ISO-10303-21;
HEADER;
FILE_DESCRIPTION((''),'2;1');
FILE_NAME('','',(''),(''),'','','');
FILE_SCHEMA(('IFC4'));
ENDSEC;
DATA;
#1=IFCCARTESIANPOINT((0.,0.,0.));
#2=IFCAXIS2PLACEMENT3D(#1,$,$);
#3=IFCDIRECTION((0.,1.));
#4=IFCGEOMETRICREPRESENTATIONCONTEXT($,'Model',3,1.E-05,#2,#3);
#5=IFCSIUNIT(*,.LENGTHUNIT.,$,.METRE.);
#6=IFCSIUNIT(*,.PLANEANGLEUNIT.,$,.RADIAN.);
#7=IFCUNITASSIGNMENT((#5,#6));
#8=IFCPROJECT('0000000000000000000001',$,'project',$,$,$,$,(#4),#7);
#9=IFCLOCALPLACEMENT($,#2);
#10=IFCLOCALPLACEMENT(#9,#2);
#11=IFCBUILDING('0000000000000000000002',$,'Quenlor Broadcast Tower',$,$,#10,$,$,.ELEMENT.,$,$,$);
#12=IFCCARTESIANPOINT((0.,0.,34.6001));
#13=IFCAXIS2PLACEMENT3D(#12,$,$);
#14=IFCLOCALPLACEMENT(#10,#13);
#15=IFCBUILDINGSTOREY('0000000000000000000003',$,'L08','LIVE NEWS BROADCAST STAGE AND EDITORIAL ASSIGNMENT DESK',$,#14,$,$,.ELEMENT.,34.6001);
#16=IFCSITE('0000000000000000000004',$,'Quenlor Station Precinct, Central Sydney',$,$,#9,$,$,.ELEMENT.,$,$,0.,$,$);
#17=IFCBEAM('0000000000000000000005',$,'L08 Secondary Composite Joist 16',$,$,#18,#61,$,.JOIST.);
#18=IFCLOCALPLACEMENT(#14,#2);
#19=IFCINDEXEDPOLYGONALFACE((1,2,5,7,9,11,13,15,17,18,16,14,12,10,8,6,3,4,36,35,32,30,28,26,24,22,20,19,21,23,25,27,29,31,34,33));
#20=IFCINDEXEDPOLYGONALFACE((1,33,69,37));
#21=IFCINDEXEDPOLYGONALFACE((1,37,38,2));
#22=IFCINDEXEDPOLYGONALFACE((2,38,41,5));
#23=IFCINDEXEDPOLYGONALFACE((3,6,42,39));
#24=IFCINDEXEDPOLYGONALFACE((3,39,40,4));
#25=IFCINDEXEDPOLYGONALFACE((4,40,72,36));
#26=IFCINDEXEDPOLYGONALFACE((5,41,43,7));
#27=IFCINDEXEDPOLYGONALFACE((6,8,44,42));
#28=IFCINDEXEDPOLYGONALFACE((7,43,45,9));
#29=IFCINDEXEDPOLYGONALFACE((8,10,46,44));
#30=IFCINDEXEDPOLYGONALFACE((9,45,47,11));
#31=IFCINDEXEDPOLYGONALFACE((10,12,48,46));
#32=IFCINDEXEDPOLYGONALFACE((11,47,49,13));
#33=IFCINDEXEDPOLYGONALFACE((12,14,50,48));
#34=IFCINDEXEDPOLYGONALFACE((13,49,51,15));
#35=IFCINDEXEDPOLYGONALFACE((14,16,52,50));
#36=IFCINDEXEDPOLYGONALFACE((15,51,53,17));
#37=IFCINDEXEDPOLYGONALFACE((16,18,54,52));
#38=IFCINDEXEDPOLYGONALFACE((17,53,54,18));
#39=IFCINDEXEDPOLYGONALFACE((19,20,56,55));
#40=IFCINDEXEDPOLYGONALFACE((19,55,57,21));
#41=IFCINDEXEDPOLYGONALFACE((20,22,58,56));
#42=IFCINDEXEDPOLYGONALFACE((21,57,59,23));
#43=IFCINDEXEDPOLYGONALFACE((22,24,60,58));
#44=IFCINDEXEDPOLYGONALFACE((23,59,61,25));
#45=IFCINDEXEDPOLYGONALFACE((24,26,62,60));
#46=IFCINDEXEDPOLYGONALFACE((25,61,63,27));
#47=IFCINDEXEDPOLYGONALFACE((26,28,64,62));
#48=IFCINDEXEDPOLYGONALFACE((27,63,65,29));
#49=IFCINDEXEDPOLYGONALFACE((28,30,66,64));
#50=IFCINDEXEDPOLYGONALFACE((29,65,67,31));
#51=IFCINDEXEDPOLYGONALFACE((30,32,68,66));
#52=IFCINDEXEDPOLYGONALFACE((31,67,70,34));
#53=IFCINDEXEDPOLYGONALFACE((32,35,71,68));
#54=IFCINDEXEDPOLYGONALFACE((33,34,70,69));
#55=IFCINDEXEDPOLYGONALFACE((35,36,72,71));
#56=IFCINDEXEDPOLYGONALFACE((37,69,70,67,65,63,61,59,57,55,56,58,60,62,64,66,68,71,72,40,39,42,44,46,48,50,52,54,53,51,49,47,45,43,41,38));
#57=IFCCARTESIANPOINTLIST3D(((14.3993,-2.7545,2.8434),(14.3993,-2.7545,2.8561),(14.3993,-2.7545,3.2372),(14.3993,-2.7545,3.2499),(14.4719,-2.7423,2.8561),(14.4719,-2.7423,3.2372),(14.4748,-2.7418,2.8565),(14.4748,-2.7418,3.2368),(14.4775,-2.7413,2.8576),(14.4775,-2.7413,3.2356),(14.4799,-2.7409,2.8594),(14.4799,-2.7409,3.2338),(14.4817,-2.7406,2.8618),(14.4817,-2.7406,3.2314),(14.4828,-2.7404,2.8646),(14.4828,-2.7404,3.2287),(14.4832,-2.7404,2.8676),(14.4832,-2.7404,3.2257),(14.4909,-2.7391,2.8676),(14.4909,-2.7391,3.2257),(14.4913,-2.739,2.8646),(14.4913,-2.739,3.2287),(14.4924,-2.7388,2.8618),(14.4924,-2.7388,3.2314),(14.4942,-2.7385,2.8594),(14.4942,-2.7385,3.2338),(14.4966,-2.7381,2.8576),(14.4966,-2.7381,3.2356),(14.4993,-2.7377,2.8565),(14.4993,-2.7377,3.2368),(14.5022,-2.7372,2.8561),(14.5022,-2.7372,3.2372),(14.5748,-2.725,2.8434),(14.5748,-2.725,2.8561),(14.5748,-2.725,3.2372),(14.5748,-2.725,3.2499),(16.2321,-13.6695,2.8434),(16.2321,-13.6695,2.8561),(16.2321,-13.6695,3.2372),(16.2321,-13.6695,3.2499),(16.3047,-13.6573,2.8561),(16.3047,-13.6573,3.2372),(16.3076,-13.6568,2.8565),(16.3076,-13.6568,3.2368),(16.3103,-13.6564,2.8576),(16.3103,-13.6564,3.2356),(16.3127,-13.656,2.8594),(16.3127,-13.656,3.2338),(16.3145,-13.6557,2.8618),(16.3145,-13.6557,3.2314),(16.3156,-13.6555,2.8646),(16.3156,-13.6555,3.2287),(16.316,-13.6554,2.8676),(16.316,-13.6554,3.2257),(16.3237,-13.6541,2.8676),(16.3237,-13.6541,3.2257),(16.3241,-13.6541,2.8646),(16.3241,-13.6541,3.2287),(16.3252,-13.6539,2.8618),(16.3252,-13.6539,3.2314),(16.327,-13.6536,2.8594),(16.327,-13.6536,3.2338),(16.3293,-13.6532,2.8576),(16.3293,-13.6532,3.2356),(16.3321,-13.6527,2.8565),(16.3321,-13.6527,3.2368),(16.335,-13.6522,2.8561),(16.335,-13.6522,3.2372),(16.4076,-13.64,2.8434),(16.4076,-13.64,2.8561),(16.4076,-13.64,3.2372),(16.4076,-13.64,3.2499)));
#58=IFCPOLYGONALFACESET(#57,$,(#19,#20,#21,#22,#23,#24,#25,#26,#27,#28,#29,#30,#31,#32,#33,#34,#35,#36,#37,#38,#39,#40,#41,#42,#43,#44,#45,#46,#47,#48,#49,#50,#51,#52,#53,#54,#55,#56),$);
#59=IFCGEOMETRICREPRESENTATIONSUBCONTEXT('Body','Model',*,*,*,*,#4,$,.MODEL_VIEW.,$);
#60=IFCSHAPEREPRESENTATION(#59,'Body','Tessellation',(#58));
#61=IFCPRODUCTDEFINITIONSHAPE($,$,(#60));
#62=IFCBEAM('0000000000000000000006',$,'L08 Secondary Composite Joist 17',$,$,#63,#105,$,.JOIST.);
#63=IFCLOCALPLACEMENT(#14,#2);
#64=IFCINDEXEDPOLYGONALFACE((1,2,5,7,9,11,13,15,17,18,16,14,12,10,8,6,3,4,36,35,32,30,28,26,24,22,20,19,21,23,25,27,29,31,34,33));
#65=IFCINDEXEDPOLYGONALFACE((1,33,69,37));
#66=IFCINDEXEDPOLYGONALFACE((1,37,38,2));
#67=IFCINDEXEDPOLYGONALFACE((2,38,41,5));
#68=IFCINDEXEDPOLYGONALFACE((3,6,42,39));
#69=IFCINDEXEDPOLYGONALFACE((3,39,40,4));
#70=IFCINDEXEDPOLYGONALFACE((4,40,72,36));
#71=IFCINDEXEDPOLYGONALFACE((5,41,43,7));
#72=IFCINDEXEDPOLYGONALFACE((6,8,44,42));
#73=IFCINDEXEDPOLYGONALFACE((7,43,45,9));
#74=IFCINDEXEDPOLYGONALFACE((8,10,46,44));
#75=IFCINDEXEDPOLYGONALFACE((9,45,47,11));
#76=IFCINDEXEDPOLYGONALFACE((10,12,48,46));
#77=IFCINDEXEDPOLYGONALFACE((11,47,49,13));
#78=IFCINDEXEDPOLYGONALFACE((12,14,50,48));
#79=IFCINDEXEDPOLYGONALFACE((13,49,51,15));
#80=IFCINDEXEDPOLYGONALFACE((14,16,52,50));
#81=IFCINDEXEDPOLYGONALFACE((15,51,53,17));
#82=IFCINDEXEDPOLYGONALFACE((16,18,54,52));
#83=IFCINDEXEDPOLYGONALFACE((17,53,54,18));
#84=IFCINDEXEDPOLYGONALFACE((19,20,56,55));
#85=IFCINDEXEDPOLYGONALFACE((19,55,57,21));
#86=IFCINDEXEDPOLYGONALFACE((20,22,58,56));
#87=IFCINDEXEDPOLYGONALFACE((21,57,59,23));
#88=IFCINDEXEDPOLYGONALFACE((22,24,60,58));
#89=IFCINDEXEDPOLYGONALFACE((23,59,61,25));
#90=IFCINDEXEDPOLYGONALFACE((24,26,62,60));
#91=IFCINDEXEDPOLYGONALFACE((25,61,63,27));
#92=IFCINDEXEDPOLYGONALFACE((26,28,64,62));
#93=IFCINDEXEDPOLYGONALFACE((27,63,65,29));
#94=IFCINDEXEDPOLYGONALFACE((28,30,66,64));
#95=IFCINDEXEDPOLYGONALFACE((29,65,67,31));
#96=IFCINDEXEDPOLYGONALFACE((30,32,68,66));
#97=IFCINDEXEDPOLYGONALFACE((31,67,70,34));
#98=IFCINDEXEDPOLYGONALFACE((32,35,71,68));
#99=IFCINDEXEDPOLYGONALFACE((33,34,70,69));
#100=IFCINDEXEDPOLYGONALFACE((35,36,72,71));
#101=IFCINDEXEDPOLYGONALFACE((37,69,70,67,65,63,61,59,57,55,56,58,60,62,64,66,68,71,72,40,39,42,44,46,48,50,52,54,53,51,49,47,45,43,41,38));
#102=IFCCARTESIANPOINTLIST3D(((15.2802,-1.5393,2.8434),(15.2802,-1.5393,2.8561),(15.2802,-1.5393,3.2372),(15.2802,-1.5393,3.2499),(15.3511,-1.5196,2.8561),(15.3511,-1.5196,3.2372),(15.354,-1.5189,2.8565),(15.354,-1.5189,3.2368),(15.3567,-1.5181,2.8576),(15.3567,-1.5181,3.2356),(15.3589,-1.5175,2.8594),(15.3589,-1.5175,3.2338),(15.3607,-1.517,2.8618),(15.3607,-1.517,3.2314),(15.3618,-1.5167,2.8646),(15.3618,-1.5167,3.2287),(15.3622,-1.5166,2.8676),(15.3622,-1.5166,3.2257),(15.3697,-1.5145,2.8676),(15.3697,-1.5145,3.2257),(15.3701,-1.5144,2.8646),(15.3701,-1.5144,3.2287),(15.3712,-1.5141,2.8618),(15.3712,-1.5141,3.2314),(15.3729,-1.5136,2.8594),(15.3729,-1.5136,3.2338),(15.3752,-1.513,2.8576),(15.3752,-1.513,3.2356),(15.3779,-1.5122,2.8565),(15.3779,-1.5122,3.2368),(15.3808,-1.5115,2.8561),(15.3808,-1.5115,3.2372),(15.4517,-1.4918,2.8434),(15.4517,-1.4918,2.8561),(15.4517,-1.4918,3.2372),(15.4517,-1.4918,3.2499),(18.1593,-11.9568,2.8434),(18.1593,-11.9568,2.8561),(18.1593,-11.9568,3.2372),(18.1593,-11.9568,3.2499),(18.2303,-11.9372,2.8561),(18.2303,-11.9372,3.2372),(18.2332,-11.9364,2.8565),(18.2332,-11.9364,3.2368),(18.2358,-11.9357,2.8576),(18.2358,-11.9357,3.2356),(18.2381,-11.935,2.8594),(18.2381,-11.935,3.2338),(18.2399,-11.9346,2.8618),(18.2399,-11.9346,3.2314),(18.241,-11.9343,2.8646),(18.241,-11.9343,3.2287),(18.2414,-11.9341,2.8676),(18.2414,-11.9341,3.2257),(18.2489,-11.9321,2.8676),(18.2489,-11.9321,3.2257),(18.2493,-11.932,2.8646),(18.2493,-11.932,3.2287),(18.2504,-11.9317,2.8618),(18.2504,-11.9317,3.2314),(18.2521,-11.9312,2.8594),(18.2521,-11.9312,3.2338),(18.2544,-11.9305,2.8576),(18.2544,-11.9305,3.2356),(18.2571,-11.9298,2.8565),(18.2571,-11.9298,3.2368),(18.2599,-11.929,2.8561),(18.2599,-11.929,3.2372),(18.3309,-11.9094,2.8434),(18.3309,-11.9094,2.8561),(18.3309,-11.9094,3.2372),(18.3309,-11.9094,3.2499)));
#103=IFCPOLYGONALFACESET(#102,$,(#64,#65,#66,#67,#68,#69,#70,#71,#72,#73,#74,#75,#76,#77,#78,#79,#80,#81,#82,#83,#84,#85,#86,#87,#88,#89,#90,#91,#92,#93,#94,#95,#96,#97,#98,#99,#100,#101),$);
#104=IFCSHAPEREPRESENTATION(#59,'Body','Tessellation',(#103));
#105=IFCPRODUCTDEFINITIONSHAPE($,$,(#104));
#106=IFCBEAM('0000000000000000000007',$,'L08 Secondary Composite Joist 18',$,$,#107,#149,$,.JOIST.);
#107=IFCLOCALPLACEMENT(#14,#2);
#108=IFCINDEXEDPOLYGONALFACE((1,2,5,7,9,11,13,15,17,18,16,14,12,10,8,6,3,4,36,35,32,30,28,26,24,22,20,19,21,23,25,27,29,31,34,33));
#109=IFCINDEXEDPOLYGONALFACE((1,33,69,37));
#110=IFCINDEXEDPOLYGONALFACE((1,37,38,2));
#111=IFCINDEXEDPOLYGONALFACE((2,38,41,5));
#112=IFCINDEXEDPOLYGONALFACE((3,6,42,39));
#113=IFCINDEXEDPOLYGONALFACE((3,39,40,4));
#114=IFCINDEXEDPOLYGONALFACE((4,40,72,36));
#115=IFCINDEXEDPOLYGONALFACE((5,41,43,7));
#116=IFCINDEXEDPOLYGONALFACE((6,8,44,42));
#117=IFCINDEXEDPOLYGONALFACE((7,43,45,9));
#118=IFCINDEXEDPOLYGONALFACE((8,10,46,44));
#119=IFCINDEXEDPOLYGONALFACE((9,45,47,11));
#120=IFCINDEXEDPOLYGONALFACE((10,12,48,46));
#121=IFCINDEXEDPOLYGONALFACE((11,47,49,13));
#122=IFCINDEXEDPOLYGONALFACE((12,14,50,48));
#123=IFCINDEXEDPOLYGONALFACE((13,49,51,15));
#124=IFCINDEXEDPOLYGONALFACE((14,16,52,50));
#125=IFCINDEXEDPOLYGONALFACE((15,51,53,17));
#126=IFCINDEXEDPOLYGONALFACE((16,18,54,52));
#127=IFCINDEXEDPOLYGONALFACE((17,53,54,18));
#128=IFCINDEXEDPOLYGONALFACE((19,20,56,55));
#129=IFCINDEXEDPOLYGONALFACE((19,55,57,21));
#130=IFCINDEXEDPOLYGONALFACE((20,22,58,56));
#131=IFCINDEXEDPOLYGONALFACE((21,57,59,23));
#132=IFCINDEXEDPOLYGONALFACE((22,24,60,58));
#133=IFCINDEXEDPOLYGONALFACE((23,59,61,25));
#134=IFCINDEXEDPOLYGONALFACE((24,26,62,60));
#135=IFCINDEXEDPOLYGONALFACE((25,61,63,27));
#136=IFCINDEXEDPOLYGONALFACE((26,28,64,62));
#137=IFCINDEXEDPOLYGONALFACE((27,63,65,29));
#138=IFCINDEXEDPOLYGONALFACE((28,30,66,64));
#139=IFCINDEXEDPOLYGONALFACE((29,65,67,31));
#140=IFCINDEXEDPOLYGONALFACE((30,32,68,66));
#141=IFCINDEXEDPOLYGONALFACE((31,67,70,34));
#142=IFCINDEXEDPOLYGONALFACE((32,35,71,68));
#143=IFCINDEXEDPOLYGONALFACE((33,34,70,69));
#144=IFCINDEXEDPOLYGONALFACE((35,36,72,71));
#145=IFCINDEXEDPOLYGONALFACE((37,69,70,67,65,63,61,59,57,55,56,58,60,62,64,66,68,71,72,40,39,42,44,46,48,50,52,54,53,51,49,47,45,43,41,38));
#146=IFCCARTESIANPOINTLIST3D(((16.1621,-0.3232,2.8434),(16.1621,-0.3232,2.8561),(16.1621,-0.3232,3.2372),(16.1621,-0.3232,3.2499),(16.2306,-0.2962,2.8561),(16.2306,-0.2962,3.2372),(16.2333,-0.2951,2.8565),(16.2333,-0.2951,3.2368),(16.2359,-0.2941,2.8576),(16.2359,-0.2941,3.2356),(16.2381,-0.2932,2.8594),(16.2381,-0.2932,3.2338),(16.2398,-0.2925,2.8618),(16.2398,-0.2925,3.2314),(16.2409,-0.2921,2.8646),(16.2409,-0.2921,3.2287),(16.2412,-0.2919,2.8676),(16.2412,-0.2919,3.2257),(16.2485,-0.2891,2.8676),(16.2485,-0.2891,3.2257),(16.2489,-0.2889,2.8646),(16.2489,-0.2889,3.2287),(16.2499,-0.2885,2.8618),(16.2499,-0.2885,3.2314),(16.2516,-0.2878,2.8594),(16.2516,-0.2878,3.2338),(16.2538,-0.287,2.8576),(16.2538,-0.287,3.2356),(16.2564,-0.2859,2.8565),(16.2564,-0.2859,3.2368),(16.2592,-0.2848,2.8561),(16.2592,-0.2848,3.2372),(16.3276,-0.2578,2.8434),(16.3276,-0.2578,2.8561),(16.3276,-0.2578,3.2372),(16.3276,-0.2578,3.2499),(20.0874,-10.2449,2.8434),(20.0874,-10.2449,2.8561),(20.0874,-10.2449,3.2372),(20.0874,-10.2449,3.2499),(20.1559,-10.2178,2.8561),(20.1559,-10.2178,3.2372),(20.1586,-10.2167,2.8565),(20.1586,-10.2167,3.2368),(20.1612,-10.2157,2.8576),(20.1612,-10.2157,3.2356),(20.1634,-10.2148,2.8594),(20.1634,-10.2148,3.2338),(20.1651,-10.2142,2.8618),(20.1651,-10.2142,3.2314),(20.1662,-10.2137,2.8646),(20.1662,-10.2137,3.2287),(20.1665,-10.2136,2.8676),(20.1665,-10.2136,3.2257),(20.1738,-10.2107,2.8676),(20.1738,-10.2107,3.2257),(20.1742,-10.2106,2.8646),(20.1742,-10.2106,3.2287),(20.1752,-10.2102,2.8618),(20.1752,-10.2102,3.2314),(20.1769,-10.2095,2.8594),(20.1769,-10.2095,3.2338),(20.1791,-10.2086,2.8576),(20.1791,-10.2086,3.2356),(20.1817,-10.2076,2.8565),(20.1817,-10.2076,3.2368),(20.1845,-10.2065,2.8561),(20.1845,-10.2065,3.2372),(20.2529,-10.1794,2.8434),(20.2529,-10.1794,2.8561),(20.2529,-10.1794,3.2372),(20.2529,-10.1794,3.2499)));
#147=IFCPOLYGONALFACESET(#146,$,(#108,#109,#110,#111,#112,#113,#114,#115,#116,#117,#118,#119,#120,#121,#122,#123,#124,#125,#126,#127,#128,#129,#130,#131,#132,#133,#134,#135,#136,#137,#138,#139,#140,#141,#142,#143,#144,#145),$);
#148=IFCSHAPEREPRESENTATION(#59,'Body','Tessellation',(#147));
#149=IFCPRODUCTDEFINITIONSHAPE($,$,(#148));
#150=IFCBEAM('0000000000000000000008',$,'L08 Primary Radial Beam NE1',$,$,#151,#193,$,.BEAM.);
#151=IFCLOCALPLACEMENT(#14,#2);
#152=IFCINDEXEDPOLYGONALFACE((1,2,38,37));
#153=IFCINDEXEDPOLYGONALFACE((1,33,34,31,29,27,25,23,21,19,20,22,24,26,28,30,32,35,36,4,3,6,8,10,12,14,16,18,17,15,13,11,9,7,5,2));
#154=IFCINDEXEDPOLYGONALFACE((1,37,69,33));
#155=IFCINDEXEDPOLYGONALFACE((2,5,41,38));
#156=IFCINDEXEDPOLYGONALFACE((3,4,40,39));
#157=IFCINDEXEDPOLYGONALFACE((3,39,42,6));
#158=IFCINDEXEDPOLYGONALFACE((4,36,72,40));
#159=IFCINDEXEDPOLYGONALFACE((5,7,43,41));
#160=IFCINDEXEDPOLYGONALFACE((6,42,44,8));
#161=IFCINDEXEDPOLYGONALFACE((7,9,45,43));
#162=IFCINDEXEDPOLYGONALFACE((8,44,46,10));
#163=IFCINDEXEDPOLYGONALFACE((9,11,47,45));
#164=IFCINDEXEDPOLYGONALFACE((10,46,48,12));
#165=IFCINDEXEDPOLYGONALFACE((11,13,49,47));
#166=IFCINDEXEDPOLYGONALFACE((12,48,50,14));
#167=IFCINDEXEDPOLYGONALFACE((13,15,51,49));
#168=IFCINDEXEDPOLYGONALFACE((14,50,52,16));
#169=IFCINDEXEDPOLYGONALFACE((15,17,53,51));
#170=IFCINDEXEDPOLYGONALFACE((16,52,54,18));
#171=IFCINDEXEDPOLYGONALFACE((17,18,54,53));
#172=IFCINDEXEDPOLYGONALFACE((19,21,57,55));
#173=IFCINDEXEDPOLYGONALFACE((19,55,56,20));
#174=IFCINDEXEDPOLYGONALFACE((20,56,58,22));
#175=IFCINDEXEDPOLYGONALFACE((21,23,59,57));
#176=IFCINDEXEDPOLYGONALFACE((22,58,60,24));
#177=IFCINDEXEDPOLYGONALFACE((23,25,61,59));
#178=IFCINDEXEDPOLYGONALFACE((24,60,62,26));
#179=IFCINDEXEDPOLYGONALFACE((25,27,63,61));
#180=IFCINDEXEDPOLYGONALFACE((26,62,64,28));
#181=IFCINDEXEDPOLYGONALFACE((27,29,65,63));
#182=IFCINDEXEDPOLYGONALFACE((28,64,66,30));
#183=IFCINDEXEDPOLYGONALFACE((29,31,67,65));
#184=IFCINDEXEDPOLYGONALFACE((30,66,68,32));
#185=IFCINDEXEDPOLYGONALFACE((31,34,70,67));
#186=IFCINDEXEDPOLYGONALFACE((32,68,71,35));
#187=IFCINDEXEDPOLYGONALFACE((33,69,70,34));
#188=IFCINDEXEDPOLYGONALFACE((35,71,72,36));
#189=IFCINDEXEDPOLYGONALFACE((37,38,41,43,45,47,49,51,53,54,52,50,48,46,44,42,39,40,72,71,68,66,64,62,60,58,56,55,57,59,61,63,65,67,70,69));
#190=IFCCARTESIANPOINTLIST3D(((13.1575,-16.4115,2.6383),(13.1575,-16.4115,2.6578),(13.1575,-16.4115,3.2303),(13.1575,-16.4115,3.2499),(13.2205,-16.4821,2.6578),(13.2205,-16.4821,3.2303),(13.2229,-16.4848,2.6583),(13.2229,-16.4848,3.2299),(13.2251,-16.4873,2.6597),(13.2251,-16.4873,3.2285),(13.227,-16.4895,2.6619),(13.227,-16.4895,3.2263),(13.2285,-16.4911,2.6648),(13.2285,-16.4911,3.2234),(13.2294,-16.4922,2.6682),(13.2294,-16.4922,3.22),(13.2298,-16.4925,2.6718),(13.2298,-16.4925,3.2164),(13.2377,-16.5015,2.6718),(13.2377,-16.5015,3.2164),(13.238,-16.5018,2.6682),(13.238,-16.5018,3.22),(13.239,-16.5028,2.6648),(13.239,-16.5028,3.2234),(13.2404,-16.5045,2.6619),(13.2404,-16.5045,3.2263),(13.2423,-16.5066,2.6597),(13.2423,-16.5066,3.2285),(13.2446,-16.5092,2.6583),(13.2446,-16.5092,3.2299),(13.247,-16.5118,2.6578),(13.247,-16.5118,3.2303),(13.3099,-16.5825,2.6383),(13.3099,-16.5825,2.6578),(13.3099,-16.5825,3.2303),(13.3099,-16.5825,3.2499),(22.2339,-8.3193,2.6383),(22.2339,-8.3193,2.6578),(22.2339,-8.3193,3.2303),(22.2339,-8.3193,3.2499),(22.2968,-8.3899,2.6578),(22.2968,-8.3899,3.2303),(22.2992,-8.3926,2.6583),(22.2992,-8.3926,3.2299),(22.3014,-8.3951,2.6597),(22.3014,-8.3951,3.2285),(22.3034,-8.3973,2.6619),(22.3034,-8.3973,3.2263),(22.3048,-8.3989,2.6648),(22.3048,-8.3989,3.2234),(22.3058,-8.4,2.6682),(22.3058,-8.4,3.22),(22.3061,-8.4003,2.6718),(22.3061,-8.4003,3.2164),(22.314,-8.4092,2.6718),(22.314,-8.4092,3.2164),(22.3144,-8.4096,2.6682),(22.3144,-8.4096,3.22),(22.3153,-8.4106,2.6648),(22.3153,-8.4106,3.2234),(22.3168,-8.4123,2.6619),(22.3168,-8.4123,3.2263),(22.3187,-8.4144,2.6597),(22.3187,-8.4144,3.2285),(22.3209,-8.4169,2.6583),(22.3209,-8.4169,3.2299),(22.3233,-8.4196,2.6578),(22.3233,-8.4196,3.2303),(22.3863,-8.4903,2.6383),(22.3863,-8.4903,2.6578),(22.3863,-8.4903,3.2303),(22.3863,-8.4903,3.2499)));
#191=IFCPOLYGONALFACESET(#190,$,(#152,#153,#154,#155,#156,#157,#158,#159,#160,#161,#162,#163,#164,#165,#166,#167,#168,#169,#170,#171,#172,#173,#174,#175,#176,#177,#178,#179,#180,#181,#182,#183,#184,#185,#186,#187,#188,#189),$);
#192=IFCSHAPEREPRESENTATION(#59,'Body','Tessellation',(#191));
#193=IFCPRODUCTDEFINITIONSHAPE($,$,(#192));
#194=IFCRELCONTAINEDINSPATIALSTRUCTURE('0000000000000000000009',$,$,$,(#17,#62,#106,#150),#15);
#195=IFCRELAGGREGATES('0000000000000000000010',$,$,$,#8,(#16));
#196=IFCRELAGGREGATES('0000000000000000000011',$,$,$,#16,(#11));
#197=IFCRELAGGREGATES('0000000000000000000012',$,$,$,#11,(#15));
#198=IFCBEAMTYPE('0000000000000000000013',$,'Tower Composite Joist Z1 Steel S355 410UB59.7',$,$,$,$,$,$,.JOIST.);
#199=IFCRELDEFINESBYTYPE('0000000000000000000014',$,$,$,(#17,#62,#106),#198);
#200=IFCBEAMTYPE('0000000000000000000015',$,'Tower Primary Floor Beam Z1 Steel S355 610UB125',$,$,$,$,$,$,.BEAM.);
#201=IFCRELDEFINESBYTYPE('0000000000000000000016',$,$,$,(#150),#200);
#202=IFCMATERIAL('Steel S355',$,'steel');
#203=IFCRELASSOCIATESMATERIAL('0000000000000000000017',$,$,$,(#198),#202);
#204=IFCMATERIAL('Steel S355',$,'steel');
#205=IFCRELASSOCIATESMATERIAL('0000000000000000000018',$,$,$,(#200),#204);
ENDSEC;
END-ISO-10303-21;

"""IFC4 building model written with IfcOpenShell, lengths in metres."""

from ifc_helpers import new_model, si_unit, direction, frame, origin, origin_2d, place, context, subcontext, project, spatial, i_section, extrude, material, material_profile, profile_set, type_object, element, save


model = new_model("IFC4")

# Units and contexts
model_context = context("Model", 3, precision=1e-05, world=origin(), true_north=direction((0.0, 1.0)))
body_context = subcontext(model_context, "Body", "Model", "MODEL_VIEW")
ifc_project = project(units=[si_unit("LENGTHUNIT", "METRE"), si_unit("PLANEANGLEUNIT", "RADIAN")], contexts=[model_context])

# Site, building, storey
site_placement = place(None, origin())
site = spatial("IfcSite", under=ifc_project, at=site_placement, Name="Quenlor Station Precinct, Central Sydney", CompositionType="ELEMENT", RefElevation=0.0)
building_placement = place(site_placement, origin())
building = spatial("IfcBuilding", under=site, at=building_placement, Name="Quenlor Broadcast Tower", CompositionType="ELEMENT")
storey_placement = place(building_placement, frame((0.0, 0.0, 34.6001)))
storey = spatial("IfcBuildingStorey", under=building, at=storey_placement, Name="L08", Description="LIVE NEWS BROADCAST STAGE AND EDITORIAL ASSIGNMENT DESK", CompositionType="ELEMENT", Elevation=34.6001)

# Beams
ifc_material_1 = material(Name="Steel S355", Category="steel")
ifc_material_profile_1 = material_profile(ifc_material_1, i_section(OverallWidth=0.178, OverallDepth=0.4065, WebThickness=0.0078, FlangeThickness=0.0127, FilletRadius=0.0115, at=origin_2d()))
ifc_profile_set_1 = profile_set([ifc_material_profile_1], Name="Steel S355 410UB59.7")
beam_type_1 = type_object("IfcBeamType", Name="Tower Composite Joist Z1 Steel S355 410UB59.7", PredefinedType="JOIST", material=ifc_profile_set_1)
beam_1_placement = place(storey_placement, frame((16.3198, -13.6548, 3.0466), z_axis=(-0.165594, 0.986194, 0.0), x_axis=(-0.986194, -0.165594, 0.0)))
element("IfcBeam", 1, at=beam_1_placement, inside=storey, type_object=beam_type_1, Name="L08 Secondary Composite Joist 16", PredefinedType="JOIST", context=body_context, shape_type="SweptSolid", body=[
    extrude(i_section(OverallWidth=0.178, OverallDepth=0.4065, WebThickness=0.0078, FlangeThickness=0.0127, FilletRadius=0.0115, at=origin_2d()), origin(), (0.0, 0.0, 1.0), 11.0679),
])
beam_2_placement = place(storey_placement, frame((18.2451, -11.9331, 3.0466), z_axis=(-0.26639, 0.963865, 0.0), x_axis=(-0.963865, -0.26639, 0.0)))
element("IfcBeam", 2, at=beam_2_placement, inside=storey, type_object=beam_type_1, Name="L08 Secondary Composite Joist 17", PredefinedType="JOIST", context=body_context, shape_type="SweptSolid", body=[
    extrude(i_section(OverallWidth=0.178, OverallDepth=0.4065, WebThickness=0.0078, FlangeThickness=0.0127, FilletRadius=0.0115, at=origin_2d()), origin(), (0.0, 0.0, 1.0), 10.8081),
])
beam_3_placement = place(storey_placement, frame((20.1702, -10.2122, 3.0466), z_axis=(-0.367885, 0.929871, 0.0), x_axis=(-0.929871, -0.367885, 0.0)))
element("IfcBeam", 3, at=beam_3_placement, inside=storey, type_object=beam_type_1, Name="L08 Secondary Composite Joist 18", PredefinedType="JOIST", context=body_context, shape_type="SweptSolid", body=[
    extrude(i_section(OverallWidth=0.178, OverallDepth=0.4065, WebThickness=0.0078, FlangeThickness=0.0127, FilletRadius=0.0115, at=origin_2d()), origin(), (0.0, 0.0, 1.0), 10.6699),
])
ifc_material_2 = material(Name="Steel S355", Category="steel")
ifc_material_profile_2 = material_profile(ifc_material_2, i_section(OverallWidth=0.229, OverallDepth=0.6116, WebThickness=0.012, FlangeThickness=0.0195, FilletRadius=0.0139, at=origin_2d()))
ifc_profile_set_2 = profile_set([ifc_material_profile_2], Name="Steel S355 610UB125")
beam_type_2 = type_object("IfcBeamType", Name="Tower Primary Floor Beam Z1 Steel S355 610UB125", PredefinedType="BEAM", material=ifc_profile_set_2)
beam_4_placement = place(storey_placement, frame((22.3101, -8.4048, 2.9441), z_axis=(-0.746414, -0.665482, 0.0), x_axis=(0.665482, -0.746414, 0.0)))
element("IfcBeam", 4, at=beam_4_placement, inside=storey, type_object=beam_type_2, Name="L08 Primary Radial Beam NE1", PredefinedType="BEAM", context=body_context, shape_type="SweptSolid", body=[
    extrude(i_section(OverallWidth=0.229, OverallDepth=0.6116, WebThickness=0.012, FlangeThickness=0.0195, FilletRadius=0.0139, at=origin_2d()), origin(), (0.0, 0.0, 1.0), 12.1599),
])

save(model, "model.ifc")
